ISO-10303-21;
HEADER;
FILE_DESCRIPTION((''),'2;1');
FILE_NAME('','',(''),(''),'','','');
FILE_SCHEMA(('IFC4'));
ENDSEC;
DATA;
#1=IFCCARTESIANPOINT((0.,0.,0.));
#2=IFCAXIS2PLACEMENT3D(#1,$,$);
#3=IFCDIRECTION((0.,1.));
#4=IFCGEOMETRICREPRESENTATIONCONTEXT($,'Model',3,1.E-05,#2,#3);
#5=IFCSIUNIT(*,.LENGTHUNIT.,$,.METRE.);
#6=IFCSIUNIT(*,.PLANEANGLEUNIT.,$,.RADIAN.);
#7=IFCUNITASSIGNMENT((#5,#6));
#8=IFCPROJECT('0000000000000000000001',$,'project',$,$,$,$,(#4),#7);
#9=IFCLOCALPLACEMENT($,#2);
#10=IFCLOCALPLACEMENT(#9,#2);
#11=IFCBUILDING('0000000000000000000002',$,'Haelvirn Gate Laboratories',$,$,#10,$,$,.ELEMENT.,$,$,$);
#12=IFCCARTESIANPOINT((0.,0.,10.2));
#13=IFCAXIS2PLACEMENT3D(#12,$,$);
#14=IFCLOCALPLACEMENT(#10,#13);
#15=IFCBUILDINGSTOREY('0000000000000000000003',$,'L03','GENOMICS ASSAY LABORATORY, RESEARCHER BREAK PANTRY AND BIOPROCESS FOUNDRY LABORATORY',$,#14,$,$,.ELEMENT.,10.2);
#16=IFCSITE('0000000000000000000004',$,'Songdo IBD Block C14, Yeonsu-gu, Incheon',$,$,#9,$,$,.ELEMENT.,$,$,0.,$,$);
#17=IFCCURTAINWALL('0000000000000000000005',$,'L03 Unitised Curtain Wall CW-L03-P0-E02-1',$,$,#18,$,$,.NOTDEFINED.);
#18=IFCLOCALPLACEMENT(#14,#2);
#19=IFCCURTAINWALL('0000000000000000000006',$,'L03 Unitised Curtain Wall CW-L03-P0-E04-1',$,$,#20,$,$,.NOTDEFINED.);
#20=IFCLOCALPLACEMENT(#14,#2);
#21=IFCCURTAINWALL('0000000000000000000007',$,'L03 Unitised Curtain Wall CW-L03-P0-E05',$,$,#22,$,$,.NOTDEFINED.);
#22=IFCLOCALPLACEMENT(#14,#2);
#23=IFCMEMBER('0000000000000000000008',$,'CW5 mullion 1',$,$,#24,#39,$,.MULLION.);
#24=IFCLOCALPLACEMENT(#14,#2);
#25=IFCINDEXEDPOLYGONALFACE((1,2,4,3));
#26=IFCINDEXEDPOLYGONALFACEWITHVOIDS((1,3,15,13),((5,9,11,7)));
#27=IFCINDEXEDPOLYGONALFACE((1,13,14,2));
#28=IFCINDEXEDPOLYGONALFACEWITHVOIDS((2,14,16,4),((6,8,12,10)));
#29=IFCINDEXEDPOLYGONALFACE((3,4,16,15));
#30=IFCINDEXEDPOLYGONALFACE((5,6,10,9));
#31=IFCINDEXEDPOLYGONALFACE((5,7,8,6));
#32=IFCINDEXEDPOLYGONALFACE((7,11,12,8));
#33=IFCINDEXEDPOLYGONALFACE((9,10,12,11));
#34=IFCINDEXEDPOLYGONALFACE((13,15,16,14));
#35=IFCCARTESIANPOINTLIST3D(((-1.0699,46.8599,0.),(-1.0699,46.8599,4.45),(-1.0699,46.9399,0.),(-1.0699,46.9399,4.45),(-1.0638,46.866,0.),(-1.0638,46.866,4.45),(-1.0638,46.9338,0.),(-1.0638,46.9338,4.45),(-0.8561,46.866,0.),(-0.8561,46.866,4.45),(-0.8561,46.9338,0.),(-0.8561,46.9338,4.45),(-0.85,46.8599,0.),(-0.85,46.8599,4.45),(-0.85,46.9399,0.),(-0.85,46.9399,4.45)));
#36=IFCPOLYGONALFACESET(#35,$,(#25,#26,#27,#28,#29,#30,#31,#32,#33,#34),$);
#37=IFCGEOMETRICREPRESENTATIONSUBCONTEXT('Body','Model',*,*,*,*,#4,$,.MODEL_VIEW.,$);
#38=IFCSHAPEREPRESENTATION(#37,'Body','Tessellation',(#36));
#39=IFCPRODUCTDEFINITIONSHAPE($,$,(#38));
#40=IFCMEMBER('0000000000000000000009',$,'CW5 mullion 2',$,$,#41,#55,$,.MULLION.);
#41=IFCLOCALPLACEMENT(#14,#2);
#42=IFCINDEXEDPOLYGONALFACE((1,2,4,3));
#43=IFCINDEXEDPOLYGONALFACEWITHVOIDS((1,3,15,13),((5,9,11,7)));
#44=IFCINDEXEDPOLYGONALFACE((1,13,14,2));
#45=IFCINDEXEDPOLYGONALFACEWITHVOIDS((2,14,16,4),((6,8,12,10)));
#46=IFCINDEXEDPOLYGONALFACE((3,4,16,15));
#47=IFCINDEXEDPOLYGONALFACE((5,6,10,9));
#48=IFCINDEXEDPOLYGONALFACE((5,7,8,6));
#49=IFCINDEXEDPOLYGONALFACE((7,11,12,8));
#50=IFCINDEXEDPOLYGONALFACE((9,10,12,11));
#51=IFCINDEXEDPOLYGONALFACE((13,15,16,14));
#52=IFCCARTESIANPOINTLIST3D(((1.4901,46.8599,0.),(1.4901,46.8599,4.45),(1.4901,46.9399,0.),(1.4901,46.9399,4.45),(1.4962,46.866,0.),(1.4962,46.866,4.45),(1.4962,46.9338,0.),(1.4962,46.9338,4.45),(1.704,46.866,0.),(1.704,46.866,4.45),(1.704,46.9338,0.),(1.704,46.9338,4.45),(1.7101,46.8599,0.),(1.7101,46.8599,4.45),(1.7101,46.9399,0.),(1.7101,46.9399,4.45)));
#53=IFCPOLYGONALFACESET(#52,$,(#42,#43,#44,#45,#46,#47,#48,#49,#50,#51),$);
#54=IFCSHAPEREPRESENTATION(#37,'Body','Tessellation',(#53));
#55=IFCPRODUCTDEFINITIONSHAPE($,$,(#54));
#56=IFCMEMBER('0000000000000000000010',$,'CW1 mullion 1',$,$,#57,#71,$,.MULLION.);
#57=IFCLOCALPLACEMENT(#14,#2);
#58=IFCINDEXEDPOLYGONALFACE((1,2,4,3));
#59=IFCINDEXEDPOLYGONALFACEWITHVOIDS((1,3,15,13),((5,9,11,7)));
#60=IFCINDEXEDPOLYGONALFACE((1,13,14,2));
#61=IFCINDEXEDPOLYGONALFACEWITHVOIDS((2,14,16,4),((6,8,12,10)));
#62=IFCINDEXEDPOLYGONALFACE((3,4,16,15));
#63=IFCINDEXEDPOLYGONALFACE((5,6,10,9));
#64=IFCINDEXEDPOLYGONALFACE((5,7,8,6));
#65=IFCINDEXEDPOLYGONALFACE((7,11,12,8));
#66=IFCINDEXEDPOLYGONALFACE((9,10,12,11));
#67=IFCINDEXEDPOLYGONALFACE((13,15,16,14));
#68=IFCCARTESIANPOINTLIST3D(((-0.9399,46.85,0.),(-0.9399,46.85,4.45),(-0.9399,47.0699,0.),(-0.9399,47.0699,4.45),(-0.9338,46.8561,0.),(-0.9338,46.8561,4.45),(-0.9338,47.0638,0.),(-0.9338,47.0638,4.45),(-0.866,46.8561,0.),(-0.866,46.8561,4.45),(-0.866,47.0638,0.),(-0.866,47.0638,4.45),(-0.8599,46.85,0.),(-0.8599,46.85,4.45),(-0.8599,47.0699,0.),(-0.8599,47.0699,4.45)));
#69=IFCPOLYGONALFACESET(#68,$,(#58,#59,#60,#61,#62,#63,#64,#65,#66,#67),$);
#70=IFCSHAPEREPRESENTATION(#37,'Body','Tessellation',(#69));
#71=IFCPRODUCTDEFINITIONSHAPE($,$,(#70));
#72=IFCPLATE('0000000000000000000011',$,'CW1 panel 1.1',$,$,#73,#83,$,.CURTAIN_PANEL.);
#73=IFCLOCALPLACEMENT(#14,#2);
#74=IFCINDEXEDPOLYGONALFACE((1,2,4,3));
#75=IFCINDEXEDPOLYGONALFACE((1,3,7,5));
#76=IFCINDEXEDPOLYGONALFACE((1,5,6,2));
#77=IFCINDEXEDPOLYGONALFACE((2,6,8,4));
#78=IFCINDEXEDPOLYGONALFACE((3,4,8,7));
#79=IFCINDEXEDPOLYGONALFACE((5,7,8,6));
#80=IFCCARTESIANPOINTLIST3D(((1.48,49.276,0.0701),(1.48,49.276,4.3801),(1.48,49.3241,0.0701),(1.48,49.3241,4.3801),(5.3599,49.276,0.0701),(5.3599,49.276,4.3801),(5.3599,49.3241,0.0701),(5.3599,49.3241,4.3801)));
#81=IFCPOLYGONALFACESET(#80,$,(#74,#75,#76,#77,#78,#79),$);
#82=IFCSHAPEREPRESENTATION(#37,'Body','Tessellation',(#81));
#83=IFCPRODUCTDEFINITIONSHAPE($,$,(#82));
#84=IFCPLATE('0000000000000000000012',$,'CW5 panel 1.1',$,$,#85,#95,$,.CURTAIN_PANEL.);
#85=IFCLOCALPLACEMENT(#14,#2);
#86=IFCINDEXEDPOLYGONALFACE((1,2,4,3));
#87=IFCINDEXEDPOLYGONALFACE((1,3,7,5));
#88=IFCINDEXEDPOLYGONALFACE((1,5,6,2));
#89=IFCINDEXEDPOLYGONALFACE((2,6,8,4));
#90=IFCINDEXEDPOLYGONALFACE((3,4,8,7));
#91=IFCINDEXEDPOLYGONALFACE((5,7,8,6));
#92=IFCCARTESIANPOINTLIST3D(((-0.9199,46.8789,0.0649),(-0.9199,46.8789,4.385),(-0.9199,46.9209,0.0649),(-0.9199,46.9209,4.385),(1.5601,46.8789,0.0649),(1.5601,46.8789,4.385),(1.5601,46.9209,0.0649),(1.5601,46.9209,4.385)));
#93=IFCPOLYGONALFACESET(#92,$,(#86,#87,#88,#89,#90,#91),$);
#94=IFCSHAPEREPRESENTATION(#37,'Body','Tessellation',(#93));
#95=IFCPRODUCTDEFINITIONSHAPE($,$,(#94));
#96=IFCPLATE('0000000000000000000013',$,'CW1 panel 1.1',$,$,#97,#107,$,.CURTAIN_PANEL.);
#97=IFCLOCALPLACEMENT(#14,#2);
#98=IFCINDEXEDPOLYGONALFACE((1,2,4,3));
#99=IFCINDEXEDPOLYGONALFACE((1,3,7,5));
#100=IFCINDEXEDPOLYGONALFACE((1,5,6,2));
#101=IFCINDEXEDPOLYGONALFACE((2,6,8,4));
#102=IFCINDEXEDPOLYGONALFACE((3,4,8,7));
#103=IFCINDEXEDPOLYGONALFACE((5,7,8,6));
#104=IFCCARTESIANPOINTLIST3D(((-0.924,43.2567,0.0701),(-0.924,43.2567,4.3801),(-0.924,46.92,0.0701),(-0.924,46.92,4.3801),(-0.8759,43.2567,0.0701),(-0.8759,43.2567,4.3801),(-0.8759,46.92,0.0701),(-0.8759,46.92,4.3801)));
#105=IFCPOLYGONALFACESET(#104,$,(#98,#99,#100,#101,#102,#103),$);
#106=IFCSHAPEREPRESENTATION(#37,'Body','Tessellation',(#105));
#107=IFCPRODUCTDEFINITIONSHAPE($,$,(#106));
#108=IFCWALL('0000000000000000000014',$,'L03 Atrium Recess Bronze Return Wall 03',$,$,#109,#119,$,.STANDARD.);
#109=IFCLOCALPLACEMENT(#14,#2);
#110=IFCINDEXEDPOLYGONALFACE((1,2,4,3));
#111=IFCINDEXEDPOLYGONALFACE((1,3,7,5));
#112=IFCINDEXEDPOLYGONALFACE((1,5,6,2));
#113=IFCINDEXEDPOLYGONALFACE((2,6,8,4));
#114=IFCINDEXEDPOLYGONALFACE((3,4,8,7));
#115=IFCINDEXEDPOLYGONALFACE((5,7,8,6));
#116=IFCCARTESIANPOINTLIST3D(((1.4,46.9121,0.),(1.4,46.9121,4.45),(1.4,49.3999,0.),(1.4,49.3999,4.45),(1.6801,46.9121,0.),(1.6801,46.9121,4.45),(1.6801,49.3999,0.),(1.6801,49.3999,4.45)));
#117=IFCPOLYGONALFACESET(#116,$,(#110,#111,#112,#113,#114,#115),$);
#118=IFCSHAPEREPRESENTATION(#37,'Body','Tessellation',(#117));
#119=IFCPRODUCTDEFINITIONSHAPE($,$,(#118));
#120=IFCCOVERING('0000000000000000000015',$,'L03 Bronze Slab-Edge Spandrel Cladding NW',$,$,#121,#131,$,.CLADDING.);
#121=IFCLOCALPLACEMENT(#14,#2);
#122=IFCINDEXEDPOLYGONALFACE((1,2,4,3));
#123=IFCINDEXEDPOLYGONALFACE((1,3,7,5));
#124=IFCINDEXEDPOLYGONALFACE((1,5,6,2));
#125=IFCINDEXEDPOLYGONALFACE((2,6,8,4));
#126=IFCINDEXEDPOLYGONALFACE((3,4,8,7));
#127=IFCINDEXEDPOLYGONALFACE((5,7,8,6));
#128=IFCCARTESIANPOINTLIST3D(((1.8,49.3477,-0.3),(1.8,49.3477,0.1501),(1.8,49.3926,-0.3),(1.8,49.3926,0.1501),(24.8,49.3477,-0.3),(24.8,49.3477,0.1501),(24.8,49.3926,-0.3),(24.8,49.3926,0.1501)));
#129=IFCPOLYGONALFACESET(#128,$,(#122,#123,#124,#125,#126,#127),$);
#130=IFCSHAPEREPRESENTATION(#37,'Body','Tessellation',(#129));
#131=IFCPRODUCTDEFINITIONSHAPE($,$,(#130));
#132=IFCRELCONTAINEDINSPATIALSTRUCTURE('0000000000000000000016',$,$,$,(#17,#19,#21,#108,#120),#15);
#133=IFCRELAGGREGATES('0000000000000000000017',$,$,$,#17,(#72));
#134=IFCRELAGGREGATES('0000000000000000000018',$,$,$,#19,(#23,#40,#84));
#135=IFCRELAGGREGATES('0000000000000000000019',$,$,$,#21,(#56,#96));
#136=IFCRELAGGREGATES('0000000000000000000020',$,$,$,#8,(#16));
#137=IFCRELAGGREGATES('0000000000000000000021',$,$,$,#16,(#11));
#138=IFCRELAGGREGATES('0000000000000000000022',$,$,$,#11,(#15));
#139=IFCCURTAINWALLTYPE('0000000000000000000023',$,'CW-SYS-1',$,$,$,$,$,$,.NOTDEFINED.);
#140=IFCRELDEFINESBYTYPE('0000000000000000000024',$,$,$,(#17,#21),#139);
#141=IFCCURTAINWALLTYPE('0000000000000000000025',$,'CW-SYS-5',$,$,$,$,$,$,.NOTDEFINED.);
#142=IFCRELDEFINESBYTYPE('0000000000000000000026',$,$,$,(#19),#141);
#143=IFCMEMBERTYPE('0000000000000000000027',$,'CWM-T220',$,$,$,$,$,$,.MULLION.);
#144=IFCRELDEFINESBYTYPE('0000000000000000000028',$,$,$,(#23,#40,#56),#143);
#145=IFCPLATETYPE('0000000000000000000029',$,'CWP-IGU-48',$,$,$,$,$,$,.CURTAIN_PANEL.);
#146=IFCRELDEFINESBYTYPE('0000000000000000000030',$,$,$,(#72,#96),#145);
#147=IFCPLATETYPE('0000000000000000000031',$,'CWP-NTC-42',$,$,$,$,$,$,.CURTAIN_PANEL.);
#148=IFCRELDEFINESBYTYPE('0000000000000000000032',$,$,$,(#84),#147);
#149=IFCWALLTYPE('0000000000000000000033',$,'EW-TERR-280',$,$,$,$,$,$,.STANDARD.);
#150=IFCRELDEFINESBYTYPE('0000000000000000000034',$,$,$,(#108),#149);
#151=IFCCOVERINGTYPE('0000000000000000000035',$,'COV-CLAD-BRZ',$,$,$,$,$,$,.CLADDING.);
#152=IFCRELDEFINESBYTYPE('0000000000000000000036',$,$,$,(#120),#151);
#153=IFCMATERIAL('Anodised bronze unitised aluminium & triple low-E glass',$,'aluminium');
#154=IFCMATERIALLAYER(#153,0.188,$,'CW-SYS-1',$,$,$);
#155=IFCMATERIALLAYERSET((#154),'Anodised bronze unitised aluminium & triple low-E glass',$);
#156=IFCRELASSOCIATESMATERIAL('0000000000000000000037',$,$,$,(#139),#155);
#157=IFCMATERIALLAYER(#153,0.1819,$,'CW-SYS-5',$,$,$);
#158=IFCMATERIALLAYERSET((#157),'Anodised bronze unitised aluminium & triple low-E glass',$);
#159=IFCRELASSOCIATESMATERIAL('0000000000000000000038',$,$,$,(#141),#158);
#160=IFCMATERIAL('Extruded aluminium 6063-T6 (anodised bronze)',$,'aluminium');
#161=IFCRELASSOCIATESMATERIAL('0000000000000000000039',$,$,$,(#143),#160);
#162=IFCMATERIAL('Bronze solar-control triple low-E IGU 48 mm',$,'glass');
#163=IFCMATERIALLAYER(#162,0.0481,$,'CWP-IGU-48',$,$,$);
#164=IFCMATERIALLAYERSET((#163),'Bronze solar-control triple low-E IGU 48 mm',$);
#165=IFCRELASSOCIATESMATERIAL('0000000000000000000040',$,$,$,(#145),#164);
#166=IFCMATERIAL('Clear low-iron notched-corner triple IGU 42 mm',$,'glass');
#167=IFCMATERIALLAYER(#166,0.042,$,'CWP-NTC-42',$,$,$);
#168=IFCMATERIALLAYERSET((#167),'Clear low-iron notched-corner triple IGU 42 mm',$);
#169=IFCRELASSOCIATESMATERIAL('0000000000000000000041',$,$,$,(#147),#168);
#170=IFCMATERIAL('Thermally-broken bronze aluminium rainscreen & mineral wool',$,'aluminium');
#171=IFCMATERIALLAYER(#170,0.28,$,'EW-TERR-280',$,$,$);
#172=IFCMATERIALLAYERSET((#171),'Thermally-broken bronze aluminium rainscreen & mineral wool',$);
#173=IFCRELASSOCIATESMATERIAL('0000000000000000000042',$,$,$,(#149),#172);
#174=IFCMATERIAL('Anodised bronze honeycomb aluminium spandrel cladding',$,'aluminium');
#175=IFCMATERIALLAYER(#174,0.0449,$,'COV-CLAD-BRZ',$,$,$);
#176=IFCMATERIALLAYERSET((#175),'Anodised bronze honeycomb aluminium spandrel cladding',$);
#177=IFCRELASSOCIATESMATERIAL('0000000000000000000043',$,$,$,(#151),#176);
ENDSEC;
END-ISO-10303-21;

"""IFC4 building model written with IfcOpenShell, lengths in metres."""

from ifc_helpers import new_model, si_unit, direction, frame, frame_2d, origin, origin_2d, place, context, subcontext, project, spatial, rectangle, hollow_rectangle, extrude, source, transform, mapped, material, layer, layer_set, material_profile, profile_set, type_object, type_shapes, element, aggregate, save


model = new_model("IFC4")

# Units and contexts
model_context = context("Model", 3, precision=1e-05, world=origin(), true_north=direction((0.0, 1.0)))
body_context = subcontext(model_context, "Body", "Model", "MODEL_VIEW")
ifc_project = project(units=[si_unit("LENGTHUNIT", "METRE"), si_unit("PLANEANGLEUNIT", "RADIAN")], contexts=[model_context])

# Site, building, storey
site_placement = place(None, origin())
site = spatial("IfcSite", under=ifc_project, at=site_placement, Name="Songdo IBD Block C14, Yeonsu-gu, Incheon", CompositionType="ELEMENT", RefElevation=0.0)
building_placement = place(site_placement, origin())
building = spatial("IfcBuilding", under=site, at=building_placement, Name="Haelvirn Gate Laboratories", CompositionType="ELEMENT")
storey_placement = place(building_placement, frame((0.0, 0.0, 10.2)))
storey = spatial("IfcBuildingStorey", under=building, at=storey_placement, Name="L03", Description="GENOMICS ASSAY LABORATORY, RESEARCHER BREAK PANTRY AND BIOPROCESS FOUNDRY LABORATORY", CompositionType="ELEMENT", Elevation=10.2)

# Curtain walls
ifc_material_1 = material(Name="Anodised bronze unitised aluminium & triple low-E glass", Category="aluminium")
ifc_layer_1 = layer(ifc_material_1, 0.188, Name="CW-SYS-1")
ifc_layer_set_1 = layer_set([ifc_layer_1], Name="Anodised bronze unitised aluminium & triple low-E glass")
curtain_wall_type_1 = type_object("IfcCurtainWallType", Name="CW-SYS-1", PredefinedType="NOTDEFINED", material=ifc_layer_set_1)
curtain_wall_1_placement = place(storey_placement, origin())
curtain_wall_1 = element("IfcCurtainWall", 1, at=curtain_wall_1_placement, inside=storey, type_object=curtain_wall_type_1, Name="L03 Unitised Curtain Wall CW-L03-P0-E02-1", PredefinedType="NOTDEFINED")
ifc_material_2 = material(Name="Extruded aluminium 6063-T6 (anodised bronze)", Category="aluminium")
ifc_layer_2 = layer(ifc_material_1, 0.1819, Name="CW-SYS-5")
ifc_layer_set_2 = layer_set([ifc_layer_2], Name="Anodised bronze unitised aluminium & triple low-E glass")
curtain_wall_type_2 = type_object("IfcCurtainWallType", Name="CW-SYS-5", PredefinedType="NOTDEFINED", material=ifc_layer_set_2)
curtain_wall_2_placement = place(storey_placement, origin())
curtain_wall_2 = element("IfcCurtainWall", 2, at=curtain_wall_2_placement, inside=storey, type_object=curtain_wall_type_2, Name="L03 Unitised Curtain Wall CW-L03-P0-E04-1", PredefinedType="NOTDEFINED")
curtain_wall_3_placement = place(storey_placement, origin())
curtain_wall_3 = element("IfcCurtainWall", 3, at=curtain_wall_3_placement, inside=storey, type_object=curtain_wall_type_1, Name="L03 Unitised Curtain Wall CW-L03-P0-E05", PredefinedType="NOTDEFINED")

# Members
ifc_material_profile_1 = material_profile(ifc_material_2, hollow_rectangle(XDim=0.0801, YDim=0.22, WallThickness=0.0061, at=origin_2d()), Name="CWM-220x80x6")
ifc_profile_set_1 = profile_set([ifc_material_profile_1], Name="Extruded aluminium 6063-T6 (anodised bronze)")
member_type_1 = type_object("IfcMemberType", Name="CWM-T220", PredefinedType="MULLION", material=ifc_profile_set_1)
shared_shape_1 = source(origin(), body_context, "Body", "SweptSolid", [
    extrude(hollow_rectangle(XDim=0.0801, YDim=0.22, WallThickness=0.0061, at=origin_2d()), origin(), (0.0, 0.0, 1.0), 4.45),
])
type_shapes(member_type_1, [shared_shape_1])
member_1_placement = place(storey_placement, frame((-0.96, 46.8999, 0.0), z_axis=(0.0, 0.0, 1.0), x_axis=(0.0, 1.0, 0.0)))
member_1 = element("IfcMember", 4, at=member_1_placement, type_object=member_type_1, Name="CW5 mullion 1", PredefinedType="MULLION", context=body_context, shape_type="MappedRepresentation", body=[
    mapped(shared_shape_1, transform((0.0, 0.0, 0.0), scale=1.0)),
])
member_2_placement = place(storey_placement, frame((1.6001, 46.8999, 0.0), z_axis=(0.0, 0.0, 1.0), x_axis=(0.0, 1.0, 0.0)))
member_2 = element("IfcMember", 5, at=member_2_placement, type_object=member_type_1, Name="CW5 mullion 2", PredefinedType="MULLION", context=body_context, shape_type="MappedRepresentation", body=[
    mapped(shared_shape_1, transform((0.0, 0.0, 0.0), scale=1.0)),
])
member_3_placement = place(storey_placement, frame((-0.8999, 46.96, 0.0), z_axis=(0.0, 0.0, 1.0), x_axis=(1.0, 0.0, 0.0)))
member_3 = element("IfcMember", 6, at=member_3_placement, type_object=member_type_1, Name="CW1 mullion 1", PredefinedType="MULLION", context=body_context, shape_type="MappedRepresentation", body=[
    mapped(shared_shape_1, transform((0.0, 0.0, 0.0), scale=1.0)),
])

# Plates
ifc_material_3 = material(Name="Bronze solar-control triple low-E IGU 48 mm", Category="glass")
ifc_layer_3 = layer(ifc_material_3, 0.0481, Name="CWP-IGU-48")
ifc_layer_set_3 = layer_set([ifc_layer_3], Name="Bronze solar-control triple low-E IGU 48 mm")
plate_type_1 = type_object("IfcPlateType", Name="CWP-IGU-48", PredefinedType="CURTAIN_PANEL", material=ifc_layer_set_3)
shared_shape_2 = source(origin(), body_context, "Body", "SweptSolid", [
    extrude(rectangle(XDim=3.8799, YDim=0.0481, at=origin_2d()), origin(), (0.0, 0.0, 1.0), 4.3101),
])
plate_1_placement = place(storey_placement, frame((3.4199, 49.3, 0.0701), z_axis=(0.0, 0.0, 1.0), x_axis=(1.0, 0.0, 0.0)))
plate_1 = element("IfcPlate", 7, at=plate_1_placement, type_object=plate_type_1, Name="CW1 panel 1.1", PredefinedType="CURTAIN_PANEL", context=body_context, shape_type="MappedRepresentation", body=[
    mapped(shared_shape_2, transform((0.0, 0.0, 0.0), scale=1.0)),
])
aggregate(curtain_wall_1, [plate_1])
ifc_material_4 = material(Name="Clear low-iron notched-corner triple IGU 42 mm", Category="glass")
ifc_layer_4 = layer(ifc_material_4, 0.042, Name="CWP-NTC-42")
ifc_layer_set_4 = layer_set([ifc_layer_4], Name="Clear low-iron notched-corner triple IGU 42 mm")
plate_type_2 = type_object("IfcPlateType", Name="CWP-NTC-42", PredefinedType="CURTAIN_PANEL", material=ifc_layer_set_4)
shared_shape_3 = source(origin(), body_context, "Body", "SweptSolid", [
    extrude(rectangle(XDim=2.48, YDim=0.042, at=origin_2d()), origin(), (0.0, 0.0, 1.0), 4.3201),
])
type_shapes(plate_type_2, [shared_shape_3])
plate_2_placement = place(storey_placement, frame((0.3201, 46.8999, 0.0649), z_axis=(0.0, 0.0, 1.0), x_axis=(1.0, 0.0, 0.0)))
plate_2 = element("IfcPlate", 8, at=plate_2_placement, type_object=plate_type_2, Name="CW5 panel 1.1", PredefinedType="CURTAIN_PANEL", context=body_context, shape_type="MappedRepresentation", body=[
    mapped(shared_shape_3, transform((0.0, 0.0, 0.0), scale=1.0)),
])
aggregate(curtain_wall_2, [member_1, member_2, plate_2])
shared_shape_4 = source(origin(), body_context, "Body", "SweptSolid", [
    extrude(rectangle(XDim=3.6633, YDim=0.0481, at=origin_2d()), origin(), (0.0, 0.0, 1.0), 4.3101),
])
type_shapes(plate_type_1, [shared_shape_2, shared_shape_4])
plate_3_placement = place(storey_placement, frame((-0.8999, 45.0884, 0.0701), z_axis=(0.0, 0.0, 1.0), x_axis=(0.0, -1.0, 0.0)))
plate_3 = element("IfcPlate", 9, at=plate_3_placement, type_object=plate_type_1, Name="CW1 panel 1.1", PredefinedType="CURTAIN_PANEL", context=body_context, shape_type="MappedRepresentation", body=[
    mapped(shared_shape_4, transform((0.0, 0.0, 0.0), scale=1.0)),
])
aggregate(curtain_wall_3, [member_3, plate_3])

# Wall
ifc_material_5 = material(Name="Thermally-broken bronze aluminium rainscreen & mineral wool", Category="aluminium")
ifc_layer_5 = layer(ifc_material_5, 0.28, Name="EW-TERR-280")
ifc_layer_set_5 = layer_set([ifc_layer_5], Name="Thermally-broken bronze aluminium rainscreen & mineral wool")
wall_type = type_object("IfcWallType", Name="EW-TERR-280", PredefinedType="STANDARD", material=ifc_layer_set_5)
wall_placement = place(storey_placement, frame((1.54, 49.3999, 0.0), z_axis=(0.0, 0.0, 1.0), x_axis=(0.0, -1.0, 0.0)))
element("IfcWall", 10, at=wall_placement, inside=storey, type_object=wall_type, Name="L03 Atrium Recess Bronze Return Wall 03", PredefinedType="STANDARD", context=body_context, shape_type="SweptSolid", body=[
    extrude(rectangle(XDim=2.4878, YDim=0.28, at=frame_2d((1.2439, 0.0))), origin(), (0.0, 0.0, 1.0), 4.45),
])

# Covering
ifc_material_6 = material(Name="Anodised bronze honeycomb aluminium spandrel cladding", Category="aluminium")
ifc_layer_6 = layer(ifc_material_6, 0.0449, Name="COV-CLAD-BRZ")
ifc_layer_set_6 = layer_set([ifc_layer_6], Name="Anodised bronze honeycomb aluminium spandrel cladding")
covering_type = type_object("IfcCoveringType", Name="COV-CLAD-BRZ", PredefinedType="CLADDING", material=ifc_layer_set_6)
covering_placement = place(storey_placement, frame((1.8, 49.3701, -0.3), z_axis=(0.0, 0.0, 1.0), x_axis=(1.0, 0.0, 0.0)))
element("IfcCovering", 11, at=covering_placement, inside=storey, type_object=covering_type, Name="L03 Bronze Slab-Edge Spandrel Cladding NW", PredefinedType="CLADDING", context=body_context, shape_type="SweptSolid", body=[
    extrude(rectangle(XDim=23.0, YDim=0.0449, at=frame_2d((11.5, 0.0))), origin(), (0.0, 0.0, 1.0), 0.4502),
])

save(model, "model.ifc")
